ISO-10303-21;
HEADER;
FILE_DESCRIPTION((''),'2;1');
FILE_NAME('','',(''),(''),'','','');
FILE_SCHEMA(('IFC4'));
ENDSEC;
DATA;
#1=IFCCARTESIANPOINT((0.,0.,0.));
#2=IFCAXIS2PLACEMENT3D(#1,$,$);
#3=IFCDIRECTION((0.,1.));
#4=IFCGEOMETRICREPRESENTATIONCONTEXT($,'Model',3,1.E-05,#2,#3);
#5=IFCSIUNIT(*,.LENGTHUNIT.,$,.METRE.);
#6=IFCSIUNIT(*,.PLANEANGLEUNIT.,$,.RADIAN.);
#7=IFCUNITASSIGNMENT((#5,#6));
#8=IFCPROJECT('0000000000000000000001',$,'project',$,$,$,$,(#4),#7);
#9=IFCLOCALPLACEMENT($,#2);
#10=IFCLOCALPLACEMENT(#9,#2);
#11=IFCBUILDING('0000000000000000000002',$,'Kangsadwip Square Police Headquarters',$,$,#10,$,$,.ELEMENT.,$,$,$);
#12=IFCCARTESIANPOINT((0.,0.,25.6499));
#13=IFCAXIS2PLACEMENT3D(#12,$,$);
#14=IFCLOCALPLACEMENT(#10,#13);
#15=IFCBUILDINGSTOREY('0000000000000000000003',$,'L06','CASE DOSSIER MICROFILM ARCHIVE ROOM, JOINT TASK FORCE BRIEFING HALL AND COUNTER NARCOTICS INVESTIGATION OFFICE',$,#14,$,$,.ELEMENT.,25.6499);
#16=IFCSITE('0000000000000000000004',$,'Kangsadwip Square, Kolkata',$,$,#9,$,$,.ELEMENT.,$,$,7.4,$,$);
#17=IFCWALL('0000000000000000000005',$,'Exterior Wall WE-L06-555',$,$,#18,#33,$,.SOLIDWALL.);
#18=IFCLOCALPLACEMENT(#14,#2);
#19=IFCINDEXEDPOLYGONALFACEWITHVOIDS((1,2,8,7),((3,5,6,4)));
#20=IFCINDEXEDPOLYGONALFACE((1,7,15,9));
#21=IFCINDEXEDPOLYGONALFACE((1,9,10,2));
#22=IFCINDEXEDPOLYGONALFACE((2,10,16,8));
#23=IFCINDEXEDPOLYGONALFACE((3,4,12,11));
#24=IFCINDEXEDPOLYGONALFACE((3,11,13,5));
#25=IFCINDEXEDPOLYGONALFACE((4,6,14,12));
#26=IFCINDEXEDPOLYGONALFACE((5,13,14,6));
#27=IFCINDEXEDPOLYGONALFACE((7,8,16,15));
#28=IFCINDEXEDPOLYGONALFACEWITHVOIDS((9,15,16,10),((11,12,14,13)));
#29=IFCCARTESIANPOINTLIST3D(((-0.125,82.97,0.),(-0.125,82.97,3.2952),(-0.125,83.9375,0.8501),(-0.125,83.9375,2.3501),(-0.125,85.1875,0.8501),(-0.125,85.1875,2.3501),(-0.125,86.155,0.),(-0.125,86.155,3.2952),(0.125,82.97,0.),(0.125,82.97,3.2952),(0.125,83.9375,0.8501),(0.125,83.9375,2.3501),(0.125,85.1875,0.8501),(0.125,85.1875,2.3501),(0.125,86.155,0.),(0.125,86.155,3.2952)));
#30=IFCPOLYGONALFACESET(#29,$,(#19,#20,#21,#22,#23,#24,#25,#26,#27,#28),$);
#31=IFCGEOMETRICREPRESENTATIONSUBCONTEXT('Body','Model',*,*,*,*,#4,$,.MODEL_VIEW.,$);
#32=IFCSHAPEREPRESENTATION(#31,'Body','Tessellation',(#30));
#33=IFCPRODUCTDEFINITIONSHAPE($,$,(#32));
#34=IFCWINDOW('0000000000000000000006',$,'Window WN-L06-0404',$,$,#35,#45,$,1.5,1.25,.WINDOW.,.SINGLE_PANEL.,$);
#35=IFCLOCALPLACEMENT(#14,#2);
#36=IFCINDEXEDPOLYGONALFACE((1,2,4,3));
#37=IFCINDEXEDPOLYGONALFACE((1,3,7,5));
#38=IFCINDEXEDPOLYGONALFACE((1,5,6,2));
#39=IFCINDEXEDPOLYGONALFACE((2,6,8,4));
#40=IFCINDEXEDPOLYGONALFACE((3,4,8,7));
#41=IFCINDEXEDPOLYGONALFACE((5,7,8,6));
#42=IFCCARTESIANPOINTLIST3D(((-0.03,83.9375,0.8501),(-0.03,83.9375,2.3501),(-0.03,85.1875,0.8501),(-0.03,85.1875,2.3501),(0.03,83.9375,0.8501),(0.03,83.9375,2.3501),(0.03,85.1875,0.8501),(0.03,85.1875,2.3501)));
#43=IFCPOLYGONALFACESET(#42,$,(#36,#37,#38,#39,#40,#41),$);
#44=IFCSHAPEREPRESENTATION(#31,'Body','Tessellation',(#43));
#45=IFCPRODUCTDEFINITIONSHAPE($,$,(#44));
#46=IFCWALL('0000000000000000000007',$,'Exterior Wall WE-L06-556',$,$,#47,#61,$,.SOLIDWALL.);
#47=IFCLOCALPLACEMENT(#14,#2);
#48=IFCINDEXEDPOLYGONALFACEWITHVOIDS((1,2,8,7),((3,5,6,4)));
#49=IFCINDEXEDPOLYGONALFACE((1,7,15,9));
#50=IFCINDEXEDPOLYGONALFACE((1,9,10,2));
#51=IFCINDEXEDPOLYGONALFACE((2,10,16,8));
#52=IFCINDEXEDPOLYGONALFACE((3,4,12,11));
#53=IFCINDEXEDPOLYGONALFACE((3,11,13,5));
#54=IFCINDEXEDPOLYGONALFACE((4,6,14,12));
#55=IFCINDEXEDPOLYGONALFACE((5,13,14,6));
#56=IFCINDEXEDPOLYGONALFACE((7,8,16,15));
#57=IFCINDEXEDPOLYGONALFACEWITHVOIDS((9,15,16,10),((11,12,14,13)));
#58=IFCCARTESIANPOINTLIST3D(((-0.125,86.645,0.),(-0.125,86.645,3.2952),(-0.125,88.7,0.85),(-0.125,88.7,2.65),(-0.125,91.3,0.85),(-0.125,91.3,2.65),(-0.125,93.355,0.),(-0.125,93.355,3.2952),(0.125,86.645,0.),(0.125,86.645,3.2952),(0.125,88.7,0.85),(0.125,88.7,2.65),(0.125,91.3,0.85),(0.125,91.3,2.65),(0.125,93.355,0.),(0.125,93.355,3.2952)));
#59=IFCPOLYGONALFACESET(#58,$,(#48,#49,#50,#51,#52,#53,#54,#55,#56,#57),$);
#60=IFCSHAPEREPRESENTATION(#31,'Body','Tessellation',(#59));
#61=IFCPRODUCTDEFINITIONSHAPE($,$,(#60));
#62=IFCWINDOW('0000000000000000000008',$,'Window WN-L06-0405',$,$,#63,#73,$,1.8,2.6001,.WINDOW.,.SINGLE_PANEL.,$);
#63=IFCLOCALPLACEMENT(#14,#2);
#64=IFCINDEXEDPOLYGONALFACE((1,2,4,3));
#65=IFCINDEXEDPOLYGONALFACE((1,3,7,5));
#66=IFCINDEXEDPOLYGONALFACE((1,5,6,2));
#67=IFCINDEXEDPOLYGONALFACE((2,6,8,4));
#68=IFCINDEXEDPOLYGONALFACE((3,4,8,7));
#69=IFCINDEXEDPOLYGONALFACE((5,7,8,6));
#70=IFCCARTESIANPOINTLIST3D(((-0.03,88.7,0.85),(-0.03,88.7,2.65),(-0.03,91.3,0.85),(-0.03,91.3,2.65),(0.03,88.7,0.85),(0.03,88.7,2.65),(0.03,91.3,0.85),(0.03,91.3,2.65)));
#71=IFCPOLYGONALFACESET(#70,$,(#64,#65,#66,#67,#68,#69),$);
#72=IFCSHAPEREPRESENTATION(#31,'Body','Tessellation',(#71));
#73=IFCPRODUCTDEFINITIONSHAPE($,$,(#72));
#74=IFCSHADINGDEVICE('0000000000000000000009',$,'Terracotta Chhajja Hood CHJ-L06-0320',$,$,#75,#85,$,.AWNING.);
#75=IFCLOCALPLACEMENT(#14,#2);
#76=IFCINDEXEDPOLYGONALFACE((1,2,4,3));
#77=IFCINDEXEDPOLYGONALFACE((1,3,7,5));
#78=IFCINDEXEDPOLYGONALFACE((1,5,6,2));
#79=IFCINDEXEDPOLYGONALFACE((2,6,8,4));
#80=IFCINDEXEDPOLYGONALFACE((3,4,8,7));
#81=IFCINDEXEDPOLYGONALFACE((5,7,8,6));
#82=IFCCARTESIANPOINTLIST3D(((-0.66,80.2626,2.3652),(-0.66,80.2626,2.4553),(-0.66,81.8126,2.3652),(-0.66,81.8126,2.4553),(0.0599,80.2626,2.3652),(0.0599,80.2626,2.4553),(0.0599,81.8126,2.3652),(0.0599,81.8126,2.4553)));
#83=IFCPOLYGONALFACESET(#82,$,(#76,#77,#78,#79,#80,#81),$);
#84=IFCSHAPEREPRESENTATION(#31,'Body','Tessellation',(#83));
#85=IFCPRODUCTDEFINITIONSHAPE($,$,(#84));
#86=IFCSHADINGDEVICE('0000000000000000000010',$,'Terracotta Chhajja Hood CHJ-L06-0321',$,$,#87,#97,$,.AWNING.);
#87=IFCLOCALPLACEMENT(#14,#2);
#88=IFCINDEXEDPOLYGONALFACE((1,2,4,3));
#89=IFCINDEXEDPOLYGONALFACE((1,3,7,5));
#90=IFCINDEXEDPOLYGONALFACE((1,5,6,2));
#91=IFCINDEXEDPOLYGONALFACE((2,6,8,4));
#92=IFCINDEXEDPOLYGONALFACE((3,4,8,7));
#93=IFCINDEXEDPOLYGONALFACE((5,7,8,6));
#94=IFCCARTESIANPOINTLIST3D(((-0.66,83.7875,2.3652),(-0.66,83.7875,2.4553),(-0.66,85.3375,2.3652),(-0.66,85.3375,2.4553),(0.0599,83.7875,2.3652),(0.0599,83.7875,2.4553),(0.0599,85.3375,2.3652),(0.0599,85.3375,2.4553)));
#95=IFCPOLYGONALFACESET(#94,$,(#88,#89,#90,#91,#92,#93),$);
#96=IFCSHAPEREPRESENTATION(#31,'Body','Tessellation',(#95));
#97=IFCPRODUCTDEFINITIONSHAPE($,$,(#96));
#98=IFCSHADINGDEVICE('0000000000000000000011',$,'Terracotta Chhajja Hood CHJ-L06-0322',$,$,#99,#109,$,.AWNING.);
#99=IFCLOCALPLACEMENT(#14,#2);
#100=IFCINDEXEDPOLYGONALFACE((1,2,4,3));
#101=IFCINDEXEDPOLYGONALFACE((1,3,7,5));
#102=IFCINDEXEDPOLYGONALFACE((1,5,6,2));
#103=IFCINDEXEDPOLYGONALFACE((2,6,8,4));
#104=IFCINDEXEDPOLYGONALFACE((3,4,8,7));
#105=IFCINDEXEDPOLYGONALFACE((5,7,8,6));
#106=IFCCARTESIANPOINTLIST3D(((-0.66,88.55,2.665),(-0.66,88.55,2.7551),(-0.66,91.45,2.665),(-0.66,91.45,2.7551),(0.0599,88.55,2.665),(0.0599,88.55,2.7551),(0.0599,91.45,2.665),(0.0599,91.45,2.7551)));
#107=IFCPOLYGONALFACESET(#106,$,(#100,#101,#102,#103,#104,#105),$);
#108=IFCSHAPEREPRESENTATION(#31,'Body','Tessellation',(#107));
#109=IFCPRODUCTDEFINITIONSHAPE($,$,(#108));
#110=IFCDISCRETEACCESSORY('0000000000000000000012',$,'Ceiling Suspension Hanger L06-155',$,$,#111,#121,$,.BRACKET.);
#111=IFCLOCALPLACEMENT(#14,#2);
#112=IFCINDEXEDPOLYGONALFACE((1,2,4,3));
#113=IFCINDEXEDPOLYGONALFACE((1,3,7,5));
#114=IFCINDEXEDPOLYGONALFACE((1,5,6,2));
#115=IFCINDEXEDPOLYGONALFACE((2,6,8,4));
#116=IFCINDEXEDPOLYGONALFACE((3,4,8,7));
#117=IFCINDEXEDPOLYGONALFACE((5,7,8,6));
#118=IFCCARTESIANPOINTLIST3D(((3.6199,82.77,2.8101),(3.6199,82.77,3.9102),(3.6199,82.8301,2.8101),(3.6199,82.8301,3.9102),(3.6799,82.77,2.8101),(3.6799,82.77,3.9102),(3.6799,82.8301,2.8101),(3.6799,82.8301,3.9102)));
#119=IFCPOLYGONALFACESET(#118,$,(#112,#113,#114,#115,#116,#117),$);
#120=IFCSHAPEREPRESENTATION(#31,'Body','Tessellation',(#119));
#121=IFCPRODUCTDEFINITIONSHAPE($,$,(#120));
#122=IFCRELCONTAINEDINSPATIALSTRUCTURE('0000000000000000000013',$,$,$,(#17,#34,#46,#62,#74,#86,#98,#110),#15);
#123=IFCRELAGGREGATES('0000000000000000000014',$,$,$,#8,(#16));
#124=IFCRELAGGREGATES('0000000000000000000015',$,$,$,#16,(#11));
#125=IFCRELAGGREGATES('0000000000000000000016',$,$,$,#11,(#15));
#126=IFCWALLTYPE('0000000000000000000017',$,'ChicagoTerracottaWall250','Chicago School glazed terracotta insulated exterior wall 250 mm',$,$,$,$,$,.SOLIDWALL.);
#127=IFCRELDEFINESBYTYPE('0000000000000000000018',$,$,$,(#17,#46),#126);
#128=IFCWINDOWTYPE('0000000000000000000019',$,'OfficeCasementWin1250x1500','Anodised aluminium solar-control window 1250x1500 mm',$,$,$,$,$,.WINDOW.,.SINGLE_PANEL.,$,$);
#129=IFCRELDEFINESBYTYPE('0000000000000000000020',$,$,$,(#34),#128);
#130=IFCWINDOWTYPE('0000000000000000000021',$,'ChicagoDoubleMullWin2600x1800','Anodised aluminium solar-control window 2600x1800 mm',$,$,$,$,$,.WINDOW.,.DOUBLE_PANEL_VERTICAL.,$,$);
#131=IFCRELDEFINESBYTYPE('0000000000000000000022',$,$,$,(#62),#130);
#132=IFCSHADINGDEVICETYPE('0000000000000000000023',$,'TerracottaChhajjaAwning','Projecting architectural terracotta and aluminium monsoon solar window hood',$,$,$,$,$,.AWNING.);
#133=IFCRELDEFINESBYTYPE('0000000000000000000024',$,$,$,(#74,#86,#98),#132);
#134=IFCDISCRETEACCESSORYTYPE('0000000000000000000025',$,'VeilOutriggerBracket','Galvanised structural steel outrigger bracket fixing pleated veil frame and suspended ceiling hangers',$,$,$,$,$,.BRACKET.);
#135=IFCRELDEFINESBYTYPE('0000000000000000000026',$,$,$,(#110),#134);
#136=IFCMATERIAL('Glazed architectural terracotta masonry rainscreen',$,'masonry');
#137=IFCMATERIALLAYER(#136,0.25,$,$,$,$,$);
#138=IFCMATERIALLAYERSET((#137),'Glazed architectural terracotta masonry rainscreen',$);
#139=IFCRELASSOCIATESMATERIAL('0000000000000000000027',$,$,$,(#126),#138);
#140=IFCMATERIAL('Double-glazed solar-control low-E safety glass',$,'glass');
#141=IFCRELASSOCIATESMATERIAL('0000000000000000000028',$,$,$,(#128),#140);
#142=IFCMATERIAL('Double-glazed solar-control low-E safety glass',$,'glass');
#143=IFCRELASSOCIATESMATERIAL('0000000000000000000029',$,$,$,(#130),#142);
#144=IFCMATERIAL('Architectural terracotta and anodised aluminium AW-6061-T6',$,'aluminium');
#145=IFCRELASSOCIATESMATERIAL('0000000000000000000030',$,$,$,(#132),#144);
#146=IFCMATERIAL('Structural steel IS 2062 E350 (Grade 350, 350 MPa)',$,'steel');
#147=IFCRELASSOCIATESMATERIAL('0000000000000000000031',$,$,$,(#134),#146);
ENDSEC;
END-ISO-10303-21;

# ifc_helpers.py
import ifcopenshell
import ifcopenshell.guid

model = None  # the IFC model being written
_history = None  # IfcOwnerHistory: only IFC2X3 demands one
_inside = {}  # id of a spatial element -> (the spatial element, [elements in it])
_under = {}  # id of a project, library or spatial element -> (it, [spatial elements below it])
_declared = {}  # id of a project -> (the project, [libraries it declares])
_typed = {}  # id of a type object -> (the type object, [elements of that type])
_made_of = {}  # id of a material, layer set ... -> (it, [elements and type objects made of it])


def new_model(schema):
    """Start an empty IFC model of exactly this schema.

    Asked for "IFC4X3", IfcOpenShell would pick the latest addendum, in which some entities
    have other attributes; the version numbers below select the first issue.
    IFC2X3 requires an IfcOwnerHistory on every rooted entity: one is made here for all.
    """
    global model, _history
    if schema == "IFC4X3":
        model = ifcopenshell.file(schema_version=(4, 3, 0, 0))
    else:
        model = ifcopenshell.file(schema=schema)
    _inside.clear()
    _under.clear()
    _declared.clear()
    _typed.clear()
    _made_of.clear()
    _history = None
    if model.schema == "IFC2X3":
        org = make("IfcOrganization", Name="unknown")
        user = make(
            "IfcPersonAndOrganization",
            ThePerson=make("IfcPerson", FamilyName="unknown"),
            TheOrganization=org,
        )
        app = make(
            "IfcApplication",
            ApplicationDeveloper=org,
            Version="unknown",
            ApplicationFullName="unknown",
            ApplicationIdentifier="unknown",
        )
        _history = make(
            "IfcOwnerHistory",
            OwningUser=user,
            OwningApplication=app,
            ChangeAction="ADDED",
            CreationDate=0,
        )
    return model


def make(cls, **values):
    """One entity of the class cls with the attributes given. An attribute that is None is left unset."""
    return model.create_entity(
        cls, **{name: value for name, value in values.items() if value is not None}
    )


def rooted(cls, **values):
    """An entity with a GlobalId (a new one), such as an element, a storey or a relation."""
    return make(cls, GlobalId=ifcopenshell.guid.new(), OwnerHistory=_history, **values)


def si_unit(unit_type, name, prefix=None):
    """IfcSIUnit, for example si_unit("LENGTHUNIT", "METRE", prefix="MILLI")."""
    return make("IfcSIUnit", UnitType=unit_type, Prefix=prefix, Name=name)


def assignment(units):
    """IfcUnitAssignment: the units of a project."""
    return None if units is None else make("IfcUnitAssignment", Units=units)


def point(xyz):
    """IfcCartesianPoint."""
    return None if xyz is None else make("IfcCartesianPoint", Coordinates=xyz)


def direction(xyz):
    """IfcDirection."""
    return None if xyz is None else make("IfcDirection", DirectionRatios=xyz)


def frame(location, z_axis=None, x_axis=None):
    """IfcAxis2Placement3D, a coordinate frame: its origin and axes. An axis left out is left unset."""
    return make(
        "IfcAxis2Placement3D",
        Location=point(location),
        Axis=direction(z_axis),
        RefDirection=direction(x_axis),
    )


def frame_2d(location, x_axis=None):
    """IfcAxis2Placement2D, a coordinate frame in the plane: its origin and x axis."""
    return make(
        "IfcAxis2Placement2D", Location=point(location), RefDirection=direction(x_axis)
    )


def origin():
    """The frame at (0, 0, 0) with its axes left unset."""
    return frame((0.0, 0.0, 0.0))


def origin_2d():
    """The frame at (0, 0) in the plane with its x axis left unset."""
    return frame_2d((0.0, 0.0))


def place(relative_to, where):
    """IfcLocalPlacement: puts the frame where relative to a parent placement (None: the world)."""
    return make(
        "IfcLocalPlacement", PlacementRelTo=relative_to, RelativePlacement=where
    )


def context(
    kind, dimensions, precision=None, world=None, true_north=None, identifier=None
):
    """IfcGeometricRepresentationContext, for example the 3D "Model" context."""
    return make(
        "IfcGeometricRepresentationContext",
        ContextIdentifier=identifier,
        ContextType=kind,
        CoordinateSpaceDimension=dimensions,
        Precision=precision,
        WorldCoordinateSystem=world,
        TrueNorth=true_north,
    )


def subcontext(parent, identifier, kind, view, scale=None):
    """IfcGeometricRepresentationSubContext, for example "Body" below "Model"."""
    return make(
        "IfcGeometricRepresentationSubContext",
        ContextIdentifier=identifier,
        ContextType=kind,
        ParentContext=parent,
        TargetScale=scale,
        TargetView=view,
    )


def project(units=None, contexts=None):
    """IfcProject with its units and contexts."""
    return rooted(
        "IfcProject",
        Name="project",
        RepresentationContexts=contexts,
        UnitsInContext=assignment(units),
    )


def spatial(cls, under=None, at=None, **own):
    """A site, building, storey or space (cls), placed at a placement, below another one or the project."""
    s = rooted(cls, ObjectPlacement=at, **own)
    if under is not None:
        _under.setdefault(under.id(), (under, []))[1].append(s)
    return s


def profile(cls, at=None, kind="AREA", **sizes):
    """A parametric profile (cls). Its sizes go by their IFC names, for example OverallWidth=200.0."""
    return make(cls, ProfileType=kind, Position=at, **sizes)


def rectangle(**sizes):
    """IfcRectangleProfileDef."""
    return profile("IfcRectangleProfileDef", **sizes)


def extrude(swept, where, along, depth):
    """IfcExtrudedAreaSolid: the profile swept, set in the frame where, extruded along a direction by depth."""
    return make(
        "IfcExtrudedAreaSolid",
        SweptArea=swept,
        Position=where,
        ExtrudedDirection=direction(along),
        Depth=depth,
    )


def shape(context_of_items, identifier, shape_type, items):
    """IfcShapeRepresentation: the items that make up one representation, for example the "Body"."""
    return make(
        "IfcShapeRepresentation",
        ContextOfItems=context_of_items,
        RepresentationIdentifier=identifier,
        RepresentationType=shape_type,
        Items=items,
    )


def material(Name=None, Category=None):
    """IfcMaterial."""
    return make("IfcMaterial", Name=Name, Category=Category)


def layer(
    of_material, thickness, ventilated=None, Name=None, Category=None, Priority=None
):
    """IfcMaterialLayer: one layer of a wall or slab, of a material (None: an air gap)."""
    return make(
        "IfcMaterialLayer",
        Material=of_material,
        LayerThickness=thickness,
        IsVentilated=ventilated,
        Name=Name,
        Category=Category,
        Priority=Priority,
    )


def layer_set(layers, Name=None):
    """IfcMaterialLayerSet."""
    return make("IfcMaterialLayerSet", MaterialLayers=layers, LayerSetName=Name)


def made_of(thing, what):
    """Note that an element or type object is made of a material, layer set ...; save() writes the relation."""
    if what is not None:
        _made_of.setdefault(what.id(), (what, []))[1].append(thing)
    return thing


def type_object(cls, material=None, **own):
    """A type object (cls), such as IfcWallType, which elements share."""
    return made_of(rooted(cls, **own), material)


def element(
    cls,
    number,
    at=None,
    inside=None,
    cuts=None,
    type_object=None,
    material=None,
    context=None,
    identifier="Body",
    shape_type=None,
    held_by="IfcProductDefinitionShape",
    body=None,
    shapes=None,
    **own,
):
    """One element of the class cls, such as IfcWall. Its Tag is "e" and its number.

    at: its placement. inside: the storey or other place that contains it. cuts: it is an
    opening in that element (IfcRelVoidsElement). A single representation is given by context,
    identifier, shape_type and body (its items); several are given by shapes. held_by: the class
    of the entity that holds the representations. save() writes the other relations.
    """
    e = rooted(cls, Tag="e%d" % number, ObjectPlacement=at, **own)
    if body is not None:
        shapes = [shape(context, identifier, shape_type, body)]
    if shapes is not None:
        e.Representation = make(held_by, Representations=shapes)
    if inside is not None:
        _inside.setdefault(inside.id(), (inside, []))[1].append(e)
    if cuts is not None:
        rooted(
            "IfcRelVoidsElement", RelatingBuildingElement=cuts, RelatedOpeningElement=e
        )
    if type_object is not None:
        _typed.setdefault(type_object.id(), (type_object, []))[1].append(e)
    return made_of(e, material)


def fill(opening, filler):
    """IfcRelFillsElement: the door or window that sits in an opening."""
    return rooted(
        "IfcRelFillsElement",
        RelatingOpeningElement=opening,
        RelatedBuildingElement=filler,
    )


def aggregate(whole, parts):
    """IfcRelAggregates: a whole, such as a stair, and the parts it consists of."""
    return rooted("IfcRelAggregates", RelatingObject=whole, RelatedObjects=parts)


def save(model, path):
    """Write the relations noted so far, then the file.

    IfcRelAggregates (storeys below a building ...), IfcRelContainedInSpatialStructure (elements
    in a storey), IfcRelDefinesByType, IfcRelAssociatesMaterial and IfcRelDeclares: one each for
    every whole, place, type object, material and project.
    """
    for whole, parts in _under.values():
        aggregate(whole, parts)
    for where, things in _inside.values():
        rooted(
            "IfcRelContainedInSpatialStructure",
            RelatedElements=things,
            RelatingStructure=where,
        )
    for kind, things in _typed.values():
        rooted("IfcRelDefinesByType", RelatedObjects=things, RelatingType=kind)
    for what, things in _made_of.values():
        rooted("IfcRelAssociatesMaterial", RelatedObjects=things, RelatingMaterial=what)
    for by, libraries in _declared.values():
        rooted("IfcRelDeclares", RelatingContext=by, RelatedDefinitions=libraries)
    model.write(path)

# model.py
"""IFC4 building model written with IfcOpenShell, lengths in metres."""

from ifc_helpers import new_model, si_unit, direction, frame, frame_2d, origin, origin_2d, place, context, subcontext, project, spatial, rectangle, extrude, material, layer, layer_set, type_object, element, fill, save


model = new_model("IFC4")

# Units and contexts
model_context = context("Model", 3, precision=1e-05, world=origin(), true_north=direction((0.0, 1.0)))
body_context = subcontext(model_context, "Body", "Model", "MODEL_VIEW")
ifc_project = project(units=[si_unit("LENGTHUNIT", "METRE"), si_unit("PLANEANGLEUNIT", "RADIAN")], contexts=[model_context])

# Site, building, storey
site_placement = place(None, origin())
site = spatial("IfcSite", under=ifc_project, at=site_placement, Name="Kangsadwip Square, Kolkata", CompositionType="ELEMENT", RefElevation=7.4)
building_placement = place(site_placement, origin())
building = spatial("IfcBuilding", under=site, at=building_placement, Name="Kangsadwip Square Police Headquarters", CompositionType="ELEMENT")
storey_placement = place(building_placement, frame((0.0, 0.0, 25.6499)))
storey = spatial("IfcBuildingStorey", under=building, at=storey_placement, Name="L06", Description="CASE DOSSIER MICROFILM ARCHIVE ROOM, JOINT TASK FORCE BRIEFING HALL AND COUNTER NARCOTICS INVESTIGATION OFFICE", CompositionType="ELEMENT", Elevation=25.6499)

# Walls, openings, windows
ifc_material_1 = material(Name="Glazed architectural terracotta masonry rainscreen", Category="masonry")
ifc_layer = layer(ifc_material_1, 0.25)
ifc_layer_set = layer_set([ifc_layer], Name="Glazed architectural terracotta masonry rainscreen")
wall_type = type_object("IfcWallType", Name="ChicagoTerracottaWall250", Description="Chicago School glazed terracotta insulated exterior wall 250 mm", PredefinedType="SOLIDWALL", material=ifc_layer_set)
wall_1_placement = place(storey_placement, frame((0.0, 82.97, 0.0), z_axis=(0.0, 0.0, 1.0), x_axis=(0.0, 1.0, 0.0)))
wall_1 = element("IfcWall", 1, at=wall_1_placement, inside=storey, type_object=wall_type, Name="Exterior Wall WE-L06-555", PredefinedType="SOLIDWALL", context=body_context, shape_type="SweptSolid", body=[
    extrude(rectangle(XDim=3.1851, YDim=0.25, at=frame_2d((1.5925, 0.0))), origin(), (0.0, 0.0, 1.0), 3.2952),
])
opening_1_placement = place(wall_1_placement, frame((0.9675, 0.0, 0.8501)))
opening_1 = element("IfcOpeningElement", 2, at=opening_1_placement, cuts=wall_1, PredefinedType="OPENING", context=body_context, shape_type="SweptSolid", body=[
    extrude(rectangle(XDim=1.25, YDim=1.5, at=frame_2d((0.625, 0.75))), frame((0.0, 0.135, 0.0), z_axis=(0.0, -1.0, 0.0), x_axis=(1.0, 0.0, 0.0)), (0.0, 0.0, 1.0), 0.27),
])
ifc_material_2 = material(Name="Double-glazed solar-control low-E safety glass", Category="glass")
window_type_1 = type_object("IfcWindowType", Name="OfficeCasementWin1250x1500", Description="Anodised aluminium solar-control window 1250x1500 mm", PartitioningType="SINGLE_PANEL", PredefinedType="WINDOW", material=ifc_material_2)
window_1_placement = place(opening_1_placement, origin())
window_1 = element("IfcWindow", 3, at=window_1_placement, inside=storey, type_object=window_type_1, Name="Window WN-L06-0404", OverallHeight=1.5, OverallWidth=1.25, PartitioningType="SINGLE_PANEL", PredefinedType="WINDOW", context=body_context, shape_type="SweptSolid", body=[
    extrude(rectangle(XDim=1.25, YDim=1.5, at=frame_2d((0.625, 0.75))), frame((0.0, 0.03, 0.0), z_axis=(0.0, -1.0, 0.0), x_axis=(1.0, 0.0, 0.0)), (0.0, 0.0, 1.0), 0.0601),
])
fill(opening_1, window_1)
wall_2_placement = place(storey_placement, frame((0.0, 86.645, 0.0), z_axis=(0.0, 0.0, 1.0), x_axis=(0.0, 1.0, 0.0)))
wall_2 = element("IfcWall", 4, at=wall_2_placement, inside=storey, type_object=wall_type, Name="Exterior Wall WE-L06-556", PredefinedType="SOLIDWALL", context=body_context, shape_type="SweptSolid", body=[
    extrude(rectangle(XDim=6.71, YDim=0.25, at=frame_2d((3.355, 0.0))), origin(), (0.0, 0.0, 1.0), 3.2952),
])
opening_2_placement = place(wall_2_placement, frame((2.0549, 0.0, 0.8501)))
opening_2 = element("IfcOpeningElement", 5, at=opening_2_placement, cuts=wall_2, PredefinedType="OPENING", context=body_context, shape_type="SweptSolid", body=[
    extrude(rectangle(XDim=2.6001, YDim=1.8, at=frame_2d((1.3, 0.8999))), frame((0.0, 0.135, 0.0), z_axis=(0.0, -1.0, 0.0), x_axis=(1.0, 0.0, 0.0)), (0.0, 0.0, 1.0), 0.27),
])
ifc_material_3 = material(Name="Double-glazed solar-control low-E safety glass", Category="glass")
window_type_2 = type_object("IfcWindowType", Name="ChicagoDoubleMullWin2600x1800", Description="Anodised aluminium solar-control window 2600x1800 mm", PartitioningType="DOUBLE_PANEL_VERTICAL", PredefinedType="WINDOW", material=ifc_material_3)
window_2_placement = place(opening_2_placement, origin())
window_2 = element("IfcWindow", 6, at=window_2_placement, inside=storey, type_object=window_type_2, Name="Window WN-L06-0405", OverallHeight=1.8, OverallWidth=2.6001, PartitioningType="SINGLE_PANEL", PredefinedType="WINDOW", context=body_context, shape_type="SweptSolid", body=[
    extrude(rectangle(XDim=2.6001, YDim=1.8, at=frame_2d((1.3, 0.8999))), frame((0.0, 0.03, 0.0), z_axis=(0.0, -1.0, 0.0), x_axis=(1.0, 0.0, 0.0)), (0.0, 0.0, 1.0), 0.0601),
])
fill(opening_2, window_2)

# Shading devices
ifc_material_4 = material(Name="Architectural terracotta and anodised aluminium AW-6061-T6", Category="aluminium")
shading_device_type = type_object("IfcShadingDeviceType", Name="TerracottaChhajjaAwning", Description="Projecting architectural terracotta and aluminium monsoon solar window hood", PredefinedType="AWNING", material=ifc_material_4)
for number, where, z_axis, x_axis, name in (
    (7, (-0.3, 81.0376, 2.3652), (0.0, 0.0, 1.0), (0.0, 1.0, 0.0), "Terracotta Chhajja Hood CHJ-L06-0320"),
    (8, (-0.3, 84.5625, 2.3652), (0.0, 0.0, 1.0), (0.0, 1.0, 0.0), "Terracotta Chhajja Hood CHJ-L06-0321"),
):
    element("IfcShadingDevice", number, at=place(storey_placement, frame(where, z_axis=z_axis, x_axis=x_axis)), inside=storey, type_object=shading_device_type, Name=name, PredefinedType="AWNING", context=body_context, shape_type="SweptSolid", body=[
        extrude(rectangle(XDim=1.55, YDim=0.72, at=origin_2d()), origin(), (0.0, 0.0, 1.0), 0.0901),
    ])
shading_device_placement = place(storey_placement, frame((-0.3, 90.0, 2.665), z_axis=(0.0, 0.0, 1.0), x_axis=(0.0, 1.0, 0.0)))
element("IfcShadingDevice", 9, at=shading_device_placement, inside=storey, type_object=shading_device_type, Name="Terracotta Chhajja Hood CHJ-L06-0322", PredefinedType="AWNING", context=body_context, shape_type="SweptSolid", body=[
    extrude(rectangle(XDim=2.8999, YDim=0.72, at=origin_2d()), origin(), (0.0, 0.0, 1.0), 0.0901),
])

# Discrete accessory
ifc_material_5 = material(Name="Structural steel IS 2062 E350 (Grade 350, 350 MPa)", Category="steel")
discrete_accessory_type = type_object("IfcDiscreteAccessoryType", Name="VeilOutriggerBracket", Description="Galvanised structural steel outrigger bracket fixing pleated veil frame and suspended ceiling hangers", PredefinedType="BRACKET", material=ifc_material_5)
discrete_accessory_placement = place(storey_placement, frame((3.6499, 82.8, 2.8101), z_axis=(0.0, 0.0, 1.0), x_axis=(1.0, 0.0, 0.0)))
element("IfcDiscreteAccessory", 10, at=discrete_accessory_placement, inside=storey, type_object=discrete_accessory_type, Name="Ceiling Suspension Hanger L06-155", PredefinedType="BRACKET", context=body_context, shape_type="SweptSolid", body=[
    extrude(rectangle(XDim=0.0601, YDim=0.0601, at=origin_2d()), origin(), (0.0, 0.0, 1.0), 1.1001),
])

save(model, "model.ifc")
